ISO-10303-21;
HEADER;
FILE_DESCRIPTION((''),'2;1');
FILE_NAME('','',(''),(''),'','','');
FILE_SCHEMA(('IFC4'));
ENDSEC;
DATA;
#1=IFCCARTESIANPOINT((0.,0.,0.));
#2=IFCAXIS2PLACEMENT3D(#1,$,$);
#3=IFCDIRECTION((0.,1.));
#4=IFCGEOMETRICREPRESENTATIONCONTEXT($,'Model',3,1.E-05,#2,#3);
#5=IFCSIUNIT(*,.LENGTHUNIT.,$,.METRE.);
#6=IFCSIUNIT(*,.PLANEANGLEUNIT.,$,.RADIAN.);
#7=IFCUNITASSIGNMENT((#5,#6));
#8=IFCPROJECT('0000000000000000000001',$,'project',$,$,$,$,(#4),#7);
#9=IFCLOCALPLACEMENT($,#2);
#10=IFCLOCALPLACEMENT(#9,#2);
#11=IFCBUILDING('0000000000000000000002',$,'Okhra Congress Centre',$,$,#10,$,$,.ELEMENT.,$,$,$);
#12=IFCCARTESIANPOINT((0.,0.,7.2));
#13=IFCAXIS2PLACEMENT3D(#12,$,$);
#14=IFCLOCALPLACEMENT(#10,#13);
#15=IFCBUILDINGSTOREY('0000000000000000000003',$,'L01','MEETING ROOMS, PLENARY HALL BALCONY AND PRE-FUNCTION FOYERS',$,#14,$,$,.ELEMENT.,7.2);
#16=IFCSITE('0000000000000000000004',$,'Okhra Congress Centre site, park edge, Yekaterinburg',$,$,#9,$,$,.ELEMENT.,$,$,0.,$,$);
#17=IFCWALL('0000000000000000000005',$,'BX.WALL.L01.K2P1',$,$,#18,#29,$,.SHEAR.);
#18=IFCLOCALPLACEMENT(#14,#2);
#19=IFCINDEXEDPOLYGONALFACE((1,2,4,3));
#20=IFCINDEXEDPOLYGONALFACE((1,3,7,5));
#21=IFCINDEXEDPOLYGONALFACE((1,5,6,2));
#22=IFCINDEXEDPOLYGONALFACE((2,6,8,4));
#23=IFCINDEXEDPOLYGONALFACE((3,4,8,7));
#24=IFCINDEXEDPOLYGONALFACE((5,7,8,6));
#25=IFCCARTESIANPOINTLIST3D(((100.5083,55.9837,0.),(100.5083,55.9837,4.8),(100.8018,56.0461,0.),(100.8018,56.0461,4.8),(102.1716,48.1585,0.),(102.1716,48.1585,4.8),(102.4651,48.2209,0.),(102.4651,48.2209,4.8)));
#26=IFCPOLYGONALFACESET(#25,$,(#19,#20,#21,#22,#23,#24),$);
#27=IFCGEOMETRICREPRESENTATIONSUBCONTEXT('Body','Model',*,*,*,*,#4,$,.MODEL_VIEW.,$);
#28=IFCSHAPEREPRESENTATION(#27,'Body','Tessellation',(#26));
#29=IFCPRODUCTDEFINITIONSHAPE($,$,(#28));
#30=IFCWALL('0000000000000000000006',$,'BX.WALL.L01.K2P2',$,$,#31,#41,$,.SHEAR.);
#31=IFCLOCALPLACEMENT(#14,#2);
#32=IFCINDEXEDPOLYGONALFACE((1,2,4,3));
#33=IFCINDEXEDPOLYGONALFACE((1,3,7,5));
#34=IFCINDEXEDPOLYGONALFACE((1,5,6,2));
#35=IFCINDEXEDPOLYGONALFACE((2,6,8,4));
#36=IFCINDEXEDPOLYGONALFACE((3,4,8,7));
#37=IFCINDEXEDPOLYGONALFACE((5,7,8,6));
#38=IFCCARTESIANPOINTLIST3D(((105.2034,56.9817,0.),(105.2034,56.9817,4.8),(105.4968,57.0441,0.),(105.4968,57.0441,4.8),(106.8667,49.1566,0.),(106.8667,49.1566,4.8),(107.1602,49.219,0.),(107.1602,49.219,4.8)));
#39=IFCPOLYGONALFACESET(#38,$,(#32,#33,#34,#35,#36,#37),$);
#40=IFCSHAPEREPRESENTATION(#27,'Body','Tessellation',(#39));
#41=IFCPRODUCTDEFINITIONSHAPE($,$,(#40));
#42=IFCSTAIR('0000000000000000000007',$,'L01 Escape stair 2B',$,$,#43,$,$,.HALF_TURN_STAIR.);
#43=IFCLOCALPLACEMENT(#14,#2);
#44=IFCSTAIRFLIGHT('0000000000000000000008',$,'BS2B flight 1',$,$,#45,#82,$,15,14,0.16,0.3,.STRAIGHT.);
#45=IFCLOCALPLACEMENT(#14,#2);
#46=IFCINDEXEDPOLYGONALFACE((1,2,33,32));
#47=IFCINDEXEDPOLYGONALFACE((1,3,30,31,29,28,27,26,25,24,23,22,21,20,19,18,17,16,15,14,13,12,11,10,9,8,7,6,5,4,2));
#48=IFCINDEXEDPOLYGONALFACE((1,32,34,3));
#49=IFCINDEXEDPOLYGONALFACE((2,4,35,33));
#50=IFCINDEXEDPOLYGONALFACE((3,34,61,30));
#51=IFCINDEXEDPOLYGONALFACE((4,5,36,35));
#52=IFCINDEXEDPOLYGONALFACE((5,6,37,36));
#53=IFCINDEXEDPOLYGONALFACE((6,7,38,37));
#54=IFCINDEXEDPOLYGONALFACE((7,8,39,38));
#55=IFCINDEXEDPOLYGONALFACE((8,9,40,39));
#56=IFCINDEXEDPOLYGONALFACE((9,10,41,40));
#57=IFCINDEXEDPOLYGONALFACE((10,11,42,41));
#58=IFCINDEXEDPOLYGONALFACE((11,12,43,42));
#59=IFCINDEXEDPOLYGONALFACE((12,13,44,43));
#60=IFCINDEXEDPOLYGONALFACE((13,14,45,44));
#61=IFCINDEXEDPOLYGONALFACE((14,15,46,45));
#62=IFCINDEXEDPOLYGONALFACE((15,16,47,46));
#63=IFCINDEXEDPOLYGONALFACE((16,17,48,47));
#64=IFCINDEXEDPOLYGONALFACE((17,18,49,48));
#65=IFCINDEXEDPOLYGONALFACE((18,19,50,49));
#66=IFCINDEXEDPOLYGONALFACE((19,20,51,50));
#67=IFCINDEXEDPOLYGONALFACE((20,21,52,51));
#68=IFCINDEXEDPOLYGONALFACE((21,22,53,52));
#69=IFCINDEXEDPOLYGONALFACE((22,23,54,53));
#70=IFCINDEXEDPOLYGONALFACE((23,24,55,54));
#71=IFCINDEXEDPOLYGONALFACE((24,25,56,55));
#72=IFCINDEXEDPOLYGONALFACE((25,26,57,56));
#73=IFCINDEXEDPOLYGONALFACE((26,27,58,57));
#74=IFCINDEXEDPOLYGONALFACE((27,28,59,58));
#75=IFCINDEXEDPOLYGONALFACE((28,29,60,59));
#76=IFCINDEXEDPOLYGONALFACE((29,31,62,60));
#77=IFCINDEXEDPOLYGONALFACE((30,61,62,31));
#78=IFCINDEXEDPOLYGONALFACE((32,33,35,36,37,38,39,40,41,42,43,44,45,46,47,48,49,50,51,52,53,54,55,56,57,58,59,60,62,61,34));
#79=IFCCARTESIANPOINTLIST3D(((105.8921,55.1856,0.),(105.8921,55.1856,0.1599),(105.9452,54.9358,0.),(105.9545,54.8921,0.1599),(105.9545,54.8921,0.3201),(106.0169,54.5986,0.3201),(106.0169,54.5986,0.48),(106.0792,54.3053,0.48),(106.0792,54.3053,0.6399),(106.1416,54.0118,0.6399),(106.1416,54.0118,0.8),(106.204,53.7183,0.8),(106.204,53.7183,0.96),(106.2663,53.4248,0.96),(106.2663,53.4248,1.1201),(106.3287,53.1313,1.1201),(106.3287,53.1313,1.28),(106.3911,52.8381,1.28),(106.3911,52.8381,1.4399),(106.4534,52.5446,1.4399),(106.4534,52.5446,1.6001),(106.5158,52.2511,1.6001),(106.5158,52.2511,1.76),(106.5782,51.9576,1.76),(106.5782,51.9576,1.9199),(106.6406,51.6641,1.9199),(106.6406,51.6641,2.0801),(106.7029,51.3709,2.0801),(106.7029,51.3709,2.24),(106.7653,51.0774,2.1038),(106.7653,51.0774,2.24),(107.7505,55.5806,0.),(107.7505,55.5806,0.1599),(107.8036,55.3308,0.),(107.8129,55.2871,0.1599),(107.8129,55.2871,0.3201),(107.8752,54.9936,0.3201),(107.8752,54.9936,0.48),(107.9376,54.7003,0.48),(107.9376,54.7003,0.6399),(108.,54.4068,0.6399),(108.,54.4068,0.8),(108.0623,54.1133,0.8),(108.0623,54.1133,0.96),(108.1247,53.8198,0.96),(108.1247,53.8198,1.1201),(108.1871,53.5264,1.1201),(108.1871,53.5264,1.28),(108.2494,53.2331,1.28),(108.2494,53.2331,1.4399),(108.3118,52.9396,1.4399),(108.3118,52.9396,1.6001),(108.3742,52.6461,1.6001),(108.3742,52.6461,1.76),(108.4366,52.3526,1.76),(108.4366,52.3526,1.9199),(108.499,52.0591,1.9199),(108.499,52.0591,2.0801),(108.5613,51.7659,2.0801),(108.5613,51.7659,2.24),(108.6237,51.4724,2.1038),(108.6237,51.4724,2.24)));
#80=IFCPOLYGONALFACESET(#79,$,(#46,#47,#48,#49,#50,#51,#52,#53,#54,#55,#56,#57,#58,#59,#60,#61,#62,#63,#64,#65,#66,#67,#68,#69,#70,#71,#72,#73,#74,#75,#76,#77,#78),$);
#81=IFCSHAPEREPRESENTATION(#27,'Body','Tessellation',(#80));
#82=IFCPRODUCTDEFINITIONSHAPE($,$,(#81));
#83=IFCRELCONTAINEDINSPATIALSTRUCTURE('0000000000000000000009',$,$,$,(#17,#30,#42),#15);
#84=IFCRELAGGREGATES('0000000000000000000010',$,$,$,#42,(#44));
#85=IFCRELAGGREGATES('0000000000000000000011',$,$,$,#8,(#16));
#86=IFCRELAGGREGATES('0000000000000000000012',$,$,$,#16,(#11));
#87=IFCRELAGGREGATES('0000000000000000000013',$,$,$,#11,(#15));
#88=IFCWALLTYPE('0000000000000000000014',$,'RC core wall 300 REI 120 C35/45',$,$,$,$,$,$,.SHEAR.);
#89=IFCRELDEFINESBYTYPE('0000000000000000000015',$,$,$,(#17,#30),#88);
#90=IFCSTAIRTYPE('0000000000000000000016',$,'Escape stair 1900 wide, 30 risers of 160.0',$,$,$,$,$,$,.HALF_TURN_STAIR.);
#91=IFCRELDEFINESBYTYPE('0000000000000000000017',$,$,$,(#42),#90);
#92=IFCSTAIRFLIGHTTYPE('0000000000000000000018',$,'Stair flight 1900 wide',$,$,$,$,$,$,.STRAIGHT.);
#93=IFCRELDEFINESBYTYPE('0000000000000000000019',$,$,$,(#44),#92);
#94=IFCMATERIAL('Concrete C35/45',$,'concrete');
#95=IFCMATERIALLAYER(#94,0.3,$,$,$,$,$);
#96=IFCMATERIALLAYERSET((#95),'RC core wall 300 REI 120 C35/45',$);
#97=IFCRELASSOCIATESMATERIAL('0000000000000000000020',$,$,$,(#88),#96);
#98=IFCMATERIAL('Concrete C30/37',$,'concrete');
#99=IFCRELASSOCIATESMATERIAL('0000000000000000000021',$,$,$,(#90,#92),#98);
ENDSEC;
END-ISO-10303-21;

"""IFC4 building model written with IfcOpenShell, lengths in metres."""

from ifc_helpers import new_model, si_unit, direction, frame, frame_2d, origin, place, context, subcontext, project, spatial, polyline, rectangle, outline, extrude, material, layer, layer_set, type_object, element, aggregate, save


model = new_model("IFC4")

# Units and contexts
model_context = context("Model", 3, precision=1e-05, world=origin(), true_north=direction((0.0, 1.0)))
body_context = subcontext(model_context, "Body", "Model", "MODEL_VIEW")
ifc_project = project(units=[si_unit("LENGTHUNIT", "METRE"), si_unit("PLANEANGLEUNIT", "RADIAN")], contexts=[model_context])

# Site, building, storey
site_placement = place(None, origin())
site = spatial("IfcSite", under=ifc_project, at=site_placement, Name="Okhra Congress Centre site, park edge, Yekaterinburg", CompositionType="ELEMENT", RefElevation=0.0)
building_placement = place(site_placement, origin())
building = spatial("IfcBuilding", under=site, at=building_placement, Name="Okhra Congress Centre", CompositionType="ELEMENT")
storey_placement = place(building_placement, frame((0.0, 0.0, 7.2)))
storey = spatial("IfcBuildingStorey", under=building, at=storey_placement, Name="L01", Description="MEETING ROOMS, PLENARY HALL BALCONY AND PRE-FUNCTION FOYERS", CompositionType="ELEMENT", Elevation=7.2)

# Walls
ifc_material_1 = material(Name="Concrete C35/45", Category="concrete")
ifc_layer_1 = layer(ifc_material_1, 0.3)
ifc_layer_set_1 = layer_set([ifc_layer_1], Name="RC core wall 300 REI 120 C35/45")
wall_type_1 = type_object("IfcWallType", Name="RC core wall 300 REI 120 C35/45", PredefinedType="SHEAR", material=ifc_layer_set_1)
for number, where, z_axis, x_axis, name in (
    (1, (100.655, 56.0149, 0.0), (0.0, 0.0, 1.0), (0.207916, -0.978147, 0.0), "BX.WALL.L01.K2P1"),
    (2, (105.3501, 57.0129, 0.0), (0.0, 0.0, 1.0), (0.207916, -0.978147, 0.0), "BX.WALL.L01.K2P2"),
):
    element("IfcWall", number, at=place(storey_placement, frame(where, z_axis=z_axis, x_axis=x_axis)), inside=storey, type_object=wall_type_1, Name=name, PredefinedType="SHEAR", context=body_context, shape_type="SweptSolid", body=[
        extrude(rectangle(XDim=8.0, YDim=0.3, at=frame_2d((4.0, 0.0))), origin(), (0.0, 0.0, 1.0), 4.8),
    ])

# Stair, stair flight
ifc_material_2 = material(Name="Concrete C30/37", Category="concrete")
stair_type = type_object("IfcStairType", Name="Escape stair 1900 wide, 30 risers of 160.0", PredefinedType="HALF_TURN_STAIR", material=ifc_material_2)
stair_placement = place(storey_placement, origin())
stair = element("IfcStair", 3, at=stair_placement, inside=storey, type_object=stair_type, Name="L01 Escape stair 2B", PredefinedType="HALF_TURN_STAIR")
stair_flight_type = type_object("IfcStairFlightType", Name="Stair flight 1900 wide", PredefinedType="STRAIGHT", material=ifc_material_2)
stair_flight_placement = place(storey_placement, frame((106.8213, 55.3831, 0.0), z_axis=(0.0, 0.0, 1.0), x_axis=(0.207912, -0.978148, 0.0)))
stair_flight = element("IfcStairFlight", 4, at=stair_flight_placement, type_object=stair_flight_type, Name="BS2B flight 1", NumberOfRisers=15, NumberOfTreads=14, PredefinedType="STRAIGHT", RiserHeight=0.16, TreadLength=0.3, context=body_context, shape_type="SweptSolid", body=[
    extrude(outline(polyline([(0.0, 0.0), (0.0, 0.1599), (0.3, 0.1599), (0.3, 0.3201), (0.6001, 0.3201), (0.6001, 0.48), (0.8999, 0.48), (0.8999, 0.6399), (1.2, 0.6399), (1.2, 0.8), (1.5, 0.8), (1.5, 0.96), (1.8, 0.96), (1.8, 1.1201), (2.1001, 1.1201), (2.1001, 1.28), (2.3999, 1.28), (2.3999, 1.4399), (2.7, 1.4399), (2.7, 1.6001), (3.0, 1.6001), (3.0, 1.76), (3.3, 1.76), (3.3, 1.9199), (3.6001, 1.9199), (3.6001, 2.0801), (3.8999, 2.0801), (3.8999, 2.24), (4.2, 2.24), (4.2, 2.3999), (4.2, 2.1038), (0.2554, 0.0), (0.0, 0.0)])), frame((0.0, 0.95, 0.0), z_axis=(0.0, -1.0, 0.0), x_axis=(1.0, 0.0, 0.0)), (0.0, 0.0, 1.0), 1.8999),
])
aggregate(stair, [stair_flight])

save(model, "model.ifc")
